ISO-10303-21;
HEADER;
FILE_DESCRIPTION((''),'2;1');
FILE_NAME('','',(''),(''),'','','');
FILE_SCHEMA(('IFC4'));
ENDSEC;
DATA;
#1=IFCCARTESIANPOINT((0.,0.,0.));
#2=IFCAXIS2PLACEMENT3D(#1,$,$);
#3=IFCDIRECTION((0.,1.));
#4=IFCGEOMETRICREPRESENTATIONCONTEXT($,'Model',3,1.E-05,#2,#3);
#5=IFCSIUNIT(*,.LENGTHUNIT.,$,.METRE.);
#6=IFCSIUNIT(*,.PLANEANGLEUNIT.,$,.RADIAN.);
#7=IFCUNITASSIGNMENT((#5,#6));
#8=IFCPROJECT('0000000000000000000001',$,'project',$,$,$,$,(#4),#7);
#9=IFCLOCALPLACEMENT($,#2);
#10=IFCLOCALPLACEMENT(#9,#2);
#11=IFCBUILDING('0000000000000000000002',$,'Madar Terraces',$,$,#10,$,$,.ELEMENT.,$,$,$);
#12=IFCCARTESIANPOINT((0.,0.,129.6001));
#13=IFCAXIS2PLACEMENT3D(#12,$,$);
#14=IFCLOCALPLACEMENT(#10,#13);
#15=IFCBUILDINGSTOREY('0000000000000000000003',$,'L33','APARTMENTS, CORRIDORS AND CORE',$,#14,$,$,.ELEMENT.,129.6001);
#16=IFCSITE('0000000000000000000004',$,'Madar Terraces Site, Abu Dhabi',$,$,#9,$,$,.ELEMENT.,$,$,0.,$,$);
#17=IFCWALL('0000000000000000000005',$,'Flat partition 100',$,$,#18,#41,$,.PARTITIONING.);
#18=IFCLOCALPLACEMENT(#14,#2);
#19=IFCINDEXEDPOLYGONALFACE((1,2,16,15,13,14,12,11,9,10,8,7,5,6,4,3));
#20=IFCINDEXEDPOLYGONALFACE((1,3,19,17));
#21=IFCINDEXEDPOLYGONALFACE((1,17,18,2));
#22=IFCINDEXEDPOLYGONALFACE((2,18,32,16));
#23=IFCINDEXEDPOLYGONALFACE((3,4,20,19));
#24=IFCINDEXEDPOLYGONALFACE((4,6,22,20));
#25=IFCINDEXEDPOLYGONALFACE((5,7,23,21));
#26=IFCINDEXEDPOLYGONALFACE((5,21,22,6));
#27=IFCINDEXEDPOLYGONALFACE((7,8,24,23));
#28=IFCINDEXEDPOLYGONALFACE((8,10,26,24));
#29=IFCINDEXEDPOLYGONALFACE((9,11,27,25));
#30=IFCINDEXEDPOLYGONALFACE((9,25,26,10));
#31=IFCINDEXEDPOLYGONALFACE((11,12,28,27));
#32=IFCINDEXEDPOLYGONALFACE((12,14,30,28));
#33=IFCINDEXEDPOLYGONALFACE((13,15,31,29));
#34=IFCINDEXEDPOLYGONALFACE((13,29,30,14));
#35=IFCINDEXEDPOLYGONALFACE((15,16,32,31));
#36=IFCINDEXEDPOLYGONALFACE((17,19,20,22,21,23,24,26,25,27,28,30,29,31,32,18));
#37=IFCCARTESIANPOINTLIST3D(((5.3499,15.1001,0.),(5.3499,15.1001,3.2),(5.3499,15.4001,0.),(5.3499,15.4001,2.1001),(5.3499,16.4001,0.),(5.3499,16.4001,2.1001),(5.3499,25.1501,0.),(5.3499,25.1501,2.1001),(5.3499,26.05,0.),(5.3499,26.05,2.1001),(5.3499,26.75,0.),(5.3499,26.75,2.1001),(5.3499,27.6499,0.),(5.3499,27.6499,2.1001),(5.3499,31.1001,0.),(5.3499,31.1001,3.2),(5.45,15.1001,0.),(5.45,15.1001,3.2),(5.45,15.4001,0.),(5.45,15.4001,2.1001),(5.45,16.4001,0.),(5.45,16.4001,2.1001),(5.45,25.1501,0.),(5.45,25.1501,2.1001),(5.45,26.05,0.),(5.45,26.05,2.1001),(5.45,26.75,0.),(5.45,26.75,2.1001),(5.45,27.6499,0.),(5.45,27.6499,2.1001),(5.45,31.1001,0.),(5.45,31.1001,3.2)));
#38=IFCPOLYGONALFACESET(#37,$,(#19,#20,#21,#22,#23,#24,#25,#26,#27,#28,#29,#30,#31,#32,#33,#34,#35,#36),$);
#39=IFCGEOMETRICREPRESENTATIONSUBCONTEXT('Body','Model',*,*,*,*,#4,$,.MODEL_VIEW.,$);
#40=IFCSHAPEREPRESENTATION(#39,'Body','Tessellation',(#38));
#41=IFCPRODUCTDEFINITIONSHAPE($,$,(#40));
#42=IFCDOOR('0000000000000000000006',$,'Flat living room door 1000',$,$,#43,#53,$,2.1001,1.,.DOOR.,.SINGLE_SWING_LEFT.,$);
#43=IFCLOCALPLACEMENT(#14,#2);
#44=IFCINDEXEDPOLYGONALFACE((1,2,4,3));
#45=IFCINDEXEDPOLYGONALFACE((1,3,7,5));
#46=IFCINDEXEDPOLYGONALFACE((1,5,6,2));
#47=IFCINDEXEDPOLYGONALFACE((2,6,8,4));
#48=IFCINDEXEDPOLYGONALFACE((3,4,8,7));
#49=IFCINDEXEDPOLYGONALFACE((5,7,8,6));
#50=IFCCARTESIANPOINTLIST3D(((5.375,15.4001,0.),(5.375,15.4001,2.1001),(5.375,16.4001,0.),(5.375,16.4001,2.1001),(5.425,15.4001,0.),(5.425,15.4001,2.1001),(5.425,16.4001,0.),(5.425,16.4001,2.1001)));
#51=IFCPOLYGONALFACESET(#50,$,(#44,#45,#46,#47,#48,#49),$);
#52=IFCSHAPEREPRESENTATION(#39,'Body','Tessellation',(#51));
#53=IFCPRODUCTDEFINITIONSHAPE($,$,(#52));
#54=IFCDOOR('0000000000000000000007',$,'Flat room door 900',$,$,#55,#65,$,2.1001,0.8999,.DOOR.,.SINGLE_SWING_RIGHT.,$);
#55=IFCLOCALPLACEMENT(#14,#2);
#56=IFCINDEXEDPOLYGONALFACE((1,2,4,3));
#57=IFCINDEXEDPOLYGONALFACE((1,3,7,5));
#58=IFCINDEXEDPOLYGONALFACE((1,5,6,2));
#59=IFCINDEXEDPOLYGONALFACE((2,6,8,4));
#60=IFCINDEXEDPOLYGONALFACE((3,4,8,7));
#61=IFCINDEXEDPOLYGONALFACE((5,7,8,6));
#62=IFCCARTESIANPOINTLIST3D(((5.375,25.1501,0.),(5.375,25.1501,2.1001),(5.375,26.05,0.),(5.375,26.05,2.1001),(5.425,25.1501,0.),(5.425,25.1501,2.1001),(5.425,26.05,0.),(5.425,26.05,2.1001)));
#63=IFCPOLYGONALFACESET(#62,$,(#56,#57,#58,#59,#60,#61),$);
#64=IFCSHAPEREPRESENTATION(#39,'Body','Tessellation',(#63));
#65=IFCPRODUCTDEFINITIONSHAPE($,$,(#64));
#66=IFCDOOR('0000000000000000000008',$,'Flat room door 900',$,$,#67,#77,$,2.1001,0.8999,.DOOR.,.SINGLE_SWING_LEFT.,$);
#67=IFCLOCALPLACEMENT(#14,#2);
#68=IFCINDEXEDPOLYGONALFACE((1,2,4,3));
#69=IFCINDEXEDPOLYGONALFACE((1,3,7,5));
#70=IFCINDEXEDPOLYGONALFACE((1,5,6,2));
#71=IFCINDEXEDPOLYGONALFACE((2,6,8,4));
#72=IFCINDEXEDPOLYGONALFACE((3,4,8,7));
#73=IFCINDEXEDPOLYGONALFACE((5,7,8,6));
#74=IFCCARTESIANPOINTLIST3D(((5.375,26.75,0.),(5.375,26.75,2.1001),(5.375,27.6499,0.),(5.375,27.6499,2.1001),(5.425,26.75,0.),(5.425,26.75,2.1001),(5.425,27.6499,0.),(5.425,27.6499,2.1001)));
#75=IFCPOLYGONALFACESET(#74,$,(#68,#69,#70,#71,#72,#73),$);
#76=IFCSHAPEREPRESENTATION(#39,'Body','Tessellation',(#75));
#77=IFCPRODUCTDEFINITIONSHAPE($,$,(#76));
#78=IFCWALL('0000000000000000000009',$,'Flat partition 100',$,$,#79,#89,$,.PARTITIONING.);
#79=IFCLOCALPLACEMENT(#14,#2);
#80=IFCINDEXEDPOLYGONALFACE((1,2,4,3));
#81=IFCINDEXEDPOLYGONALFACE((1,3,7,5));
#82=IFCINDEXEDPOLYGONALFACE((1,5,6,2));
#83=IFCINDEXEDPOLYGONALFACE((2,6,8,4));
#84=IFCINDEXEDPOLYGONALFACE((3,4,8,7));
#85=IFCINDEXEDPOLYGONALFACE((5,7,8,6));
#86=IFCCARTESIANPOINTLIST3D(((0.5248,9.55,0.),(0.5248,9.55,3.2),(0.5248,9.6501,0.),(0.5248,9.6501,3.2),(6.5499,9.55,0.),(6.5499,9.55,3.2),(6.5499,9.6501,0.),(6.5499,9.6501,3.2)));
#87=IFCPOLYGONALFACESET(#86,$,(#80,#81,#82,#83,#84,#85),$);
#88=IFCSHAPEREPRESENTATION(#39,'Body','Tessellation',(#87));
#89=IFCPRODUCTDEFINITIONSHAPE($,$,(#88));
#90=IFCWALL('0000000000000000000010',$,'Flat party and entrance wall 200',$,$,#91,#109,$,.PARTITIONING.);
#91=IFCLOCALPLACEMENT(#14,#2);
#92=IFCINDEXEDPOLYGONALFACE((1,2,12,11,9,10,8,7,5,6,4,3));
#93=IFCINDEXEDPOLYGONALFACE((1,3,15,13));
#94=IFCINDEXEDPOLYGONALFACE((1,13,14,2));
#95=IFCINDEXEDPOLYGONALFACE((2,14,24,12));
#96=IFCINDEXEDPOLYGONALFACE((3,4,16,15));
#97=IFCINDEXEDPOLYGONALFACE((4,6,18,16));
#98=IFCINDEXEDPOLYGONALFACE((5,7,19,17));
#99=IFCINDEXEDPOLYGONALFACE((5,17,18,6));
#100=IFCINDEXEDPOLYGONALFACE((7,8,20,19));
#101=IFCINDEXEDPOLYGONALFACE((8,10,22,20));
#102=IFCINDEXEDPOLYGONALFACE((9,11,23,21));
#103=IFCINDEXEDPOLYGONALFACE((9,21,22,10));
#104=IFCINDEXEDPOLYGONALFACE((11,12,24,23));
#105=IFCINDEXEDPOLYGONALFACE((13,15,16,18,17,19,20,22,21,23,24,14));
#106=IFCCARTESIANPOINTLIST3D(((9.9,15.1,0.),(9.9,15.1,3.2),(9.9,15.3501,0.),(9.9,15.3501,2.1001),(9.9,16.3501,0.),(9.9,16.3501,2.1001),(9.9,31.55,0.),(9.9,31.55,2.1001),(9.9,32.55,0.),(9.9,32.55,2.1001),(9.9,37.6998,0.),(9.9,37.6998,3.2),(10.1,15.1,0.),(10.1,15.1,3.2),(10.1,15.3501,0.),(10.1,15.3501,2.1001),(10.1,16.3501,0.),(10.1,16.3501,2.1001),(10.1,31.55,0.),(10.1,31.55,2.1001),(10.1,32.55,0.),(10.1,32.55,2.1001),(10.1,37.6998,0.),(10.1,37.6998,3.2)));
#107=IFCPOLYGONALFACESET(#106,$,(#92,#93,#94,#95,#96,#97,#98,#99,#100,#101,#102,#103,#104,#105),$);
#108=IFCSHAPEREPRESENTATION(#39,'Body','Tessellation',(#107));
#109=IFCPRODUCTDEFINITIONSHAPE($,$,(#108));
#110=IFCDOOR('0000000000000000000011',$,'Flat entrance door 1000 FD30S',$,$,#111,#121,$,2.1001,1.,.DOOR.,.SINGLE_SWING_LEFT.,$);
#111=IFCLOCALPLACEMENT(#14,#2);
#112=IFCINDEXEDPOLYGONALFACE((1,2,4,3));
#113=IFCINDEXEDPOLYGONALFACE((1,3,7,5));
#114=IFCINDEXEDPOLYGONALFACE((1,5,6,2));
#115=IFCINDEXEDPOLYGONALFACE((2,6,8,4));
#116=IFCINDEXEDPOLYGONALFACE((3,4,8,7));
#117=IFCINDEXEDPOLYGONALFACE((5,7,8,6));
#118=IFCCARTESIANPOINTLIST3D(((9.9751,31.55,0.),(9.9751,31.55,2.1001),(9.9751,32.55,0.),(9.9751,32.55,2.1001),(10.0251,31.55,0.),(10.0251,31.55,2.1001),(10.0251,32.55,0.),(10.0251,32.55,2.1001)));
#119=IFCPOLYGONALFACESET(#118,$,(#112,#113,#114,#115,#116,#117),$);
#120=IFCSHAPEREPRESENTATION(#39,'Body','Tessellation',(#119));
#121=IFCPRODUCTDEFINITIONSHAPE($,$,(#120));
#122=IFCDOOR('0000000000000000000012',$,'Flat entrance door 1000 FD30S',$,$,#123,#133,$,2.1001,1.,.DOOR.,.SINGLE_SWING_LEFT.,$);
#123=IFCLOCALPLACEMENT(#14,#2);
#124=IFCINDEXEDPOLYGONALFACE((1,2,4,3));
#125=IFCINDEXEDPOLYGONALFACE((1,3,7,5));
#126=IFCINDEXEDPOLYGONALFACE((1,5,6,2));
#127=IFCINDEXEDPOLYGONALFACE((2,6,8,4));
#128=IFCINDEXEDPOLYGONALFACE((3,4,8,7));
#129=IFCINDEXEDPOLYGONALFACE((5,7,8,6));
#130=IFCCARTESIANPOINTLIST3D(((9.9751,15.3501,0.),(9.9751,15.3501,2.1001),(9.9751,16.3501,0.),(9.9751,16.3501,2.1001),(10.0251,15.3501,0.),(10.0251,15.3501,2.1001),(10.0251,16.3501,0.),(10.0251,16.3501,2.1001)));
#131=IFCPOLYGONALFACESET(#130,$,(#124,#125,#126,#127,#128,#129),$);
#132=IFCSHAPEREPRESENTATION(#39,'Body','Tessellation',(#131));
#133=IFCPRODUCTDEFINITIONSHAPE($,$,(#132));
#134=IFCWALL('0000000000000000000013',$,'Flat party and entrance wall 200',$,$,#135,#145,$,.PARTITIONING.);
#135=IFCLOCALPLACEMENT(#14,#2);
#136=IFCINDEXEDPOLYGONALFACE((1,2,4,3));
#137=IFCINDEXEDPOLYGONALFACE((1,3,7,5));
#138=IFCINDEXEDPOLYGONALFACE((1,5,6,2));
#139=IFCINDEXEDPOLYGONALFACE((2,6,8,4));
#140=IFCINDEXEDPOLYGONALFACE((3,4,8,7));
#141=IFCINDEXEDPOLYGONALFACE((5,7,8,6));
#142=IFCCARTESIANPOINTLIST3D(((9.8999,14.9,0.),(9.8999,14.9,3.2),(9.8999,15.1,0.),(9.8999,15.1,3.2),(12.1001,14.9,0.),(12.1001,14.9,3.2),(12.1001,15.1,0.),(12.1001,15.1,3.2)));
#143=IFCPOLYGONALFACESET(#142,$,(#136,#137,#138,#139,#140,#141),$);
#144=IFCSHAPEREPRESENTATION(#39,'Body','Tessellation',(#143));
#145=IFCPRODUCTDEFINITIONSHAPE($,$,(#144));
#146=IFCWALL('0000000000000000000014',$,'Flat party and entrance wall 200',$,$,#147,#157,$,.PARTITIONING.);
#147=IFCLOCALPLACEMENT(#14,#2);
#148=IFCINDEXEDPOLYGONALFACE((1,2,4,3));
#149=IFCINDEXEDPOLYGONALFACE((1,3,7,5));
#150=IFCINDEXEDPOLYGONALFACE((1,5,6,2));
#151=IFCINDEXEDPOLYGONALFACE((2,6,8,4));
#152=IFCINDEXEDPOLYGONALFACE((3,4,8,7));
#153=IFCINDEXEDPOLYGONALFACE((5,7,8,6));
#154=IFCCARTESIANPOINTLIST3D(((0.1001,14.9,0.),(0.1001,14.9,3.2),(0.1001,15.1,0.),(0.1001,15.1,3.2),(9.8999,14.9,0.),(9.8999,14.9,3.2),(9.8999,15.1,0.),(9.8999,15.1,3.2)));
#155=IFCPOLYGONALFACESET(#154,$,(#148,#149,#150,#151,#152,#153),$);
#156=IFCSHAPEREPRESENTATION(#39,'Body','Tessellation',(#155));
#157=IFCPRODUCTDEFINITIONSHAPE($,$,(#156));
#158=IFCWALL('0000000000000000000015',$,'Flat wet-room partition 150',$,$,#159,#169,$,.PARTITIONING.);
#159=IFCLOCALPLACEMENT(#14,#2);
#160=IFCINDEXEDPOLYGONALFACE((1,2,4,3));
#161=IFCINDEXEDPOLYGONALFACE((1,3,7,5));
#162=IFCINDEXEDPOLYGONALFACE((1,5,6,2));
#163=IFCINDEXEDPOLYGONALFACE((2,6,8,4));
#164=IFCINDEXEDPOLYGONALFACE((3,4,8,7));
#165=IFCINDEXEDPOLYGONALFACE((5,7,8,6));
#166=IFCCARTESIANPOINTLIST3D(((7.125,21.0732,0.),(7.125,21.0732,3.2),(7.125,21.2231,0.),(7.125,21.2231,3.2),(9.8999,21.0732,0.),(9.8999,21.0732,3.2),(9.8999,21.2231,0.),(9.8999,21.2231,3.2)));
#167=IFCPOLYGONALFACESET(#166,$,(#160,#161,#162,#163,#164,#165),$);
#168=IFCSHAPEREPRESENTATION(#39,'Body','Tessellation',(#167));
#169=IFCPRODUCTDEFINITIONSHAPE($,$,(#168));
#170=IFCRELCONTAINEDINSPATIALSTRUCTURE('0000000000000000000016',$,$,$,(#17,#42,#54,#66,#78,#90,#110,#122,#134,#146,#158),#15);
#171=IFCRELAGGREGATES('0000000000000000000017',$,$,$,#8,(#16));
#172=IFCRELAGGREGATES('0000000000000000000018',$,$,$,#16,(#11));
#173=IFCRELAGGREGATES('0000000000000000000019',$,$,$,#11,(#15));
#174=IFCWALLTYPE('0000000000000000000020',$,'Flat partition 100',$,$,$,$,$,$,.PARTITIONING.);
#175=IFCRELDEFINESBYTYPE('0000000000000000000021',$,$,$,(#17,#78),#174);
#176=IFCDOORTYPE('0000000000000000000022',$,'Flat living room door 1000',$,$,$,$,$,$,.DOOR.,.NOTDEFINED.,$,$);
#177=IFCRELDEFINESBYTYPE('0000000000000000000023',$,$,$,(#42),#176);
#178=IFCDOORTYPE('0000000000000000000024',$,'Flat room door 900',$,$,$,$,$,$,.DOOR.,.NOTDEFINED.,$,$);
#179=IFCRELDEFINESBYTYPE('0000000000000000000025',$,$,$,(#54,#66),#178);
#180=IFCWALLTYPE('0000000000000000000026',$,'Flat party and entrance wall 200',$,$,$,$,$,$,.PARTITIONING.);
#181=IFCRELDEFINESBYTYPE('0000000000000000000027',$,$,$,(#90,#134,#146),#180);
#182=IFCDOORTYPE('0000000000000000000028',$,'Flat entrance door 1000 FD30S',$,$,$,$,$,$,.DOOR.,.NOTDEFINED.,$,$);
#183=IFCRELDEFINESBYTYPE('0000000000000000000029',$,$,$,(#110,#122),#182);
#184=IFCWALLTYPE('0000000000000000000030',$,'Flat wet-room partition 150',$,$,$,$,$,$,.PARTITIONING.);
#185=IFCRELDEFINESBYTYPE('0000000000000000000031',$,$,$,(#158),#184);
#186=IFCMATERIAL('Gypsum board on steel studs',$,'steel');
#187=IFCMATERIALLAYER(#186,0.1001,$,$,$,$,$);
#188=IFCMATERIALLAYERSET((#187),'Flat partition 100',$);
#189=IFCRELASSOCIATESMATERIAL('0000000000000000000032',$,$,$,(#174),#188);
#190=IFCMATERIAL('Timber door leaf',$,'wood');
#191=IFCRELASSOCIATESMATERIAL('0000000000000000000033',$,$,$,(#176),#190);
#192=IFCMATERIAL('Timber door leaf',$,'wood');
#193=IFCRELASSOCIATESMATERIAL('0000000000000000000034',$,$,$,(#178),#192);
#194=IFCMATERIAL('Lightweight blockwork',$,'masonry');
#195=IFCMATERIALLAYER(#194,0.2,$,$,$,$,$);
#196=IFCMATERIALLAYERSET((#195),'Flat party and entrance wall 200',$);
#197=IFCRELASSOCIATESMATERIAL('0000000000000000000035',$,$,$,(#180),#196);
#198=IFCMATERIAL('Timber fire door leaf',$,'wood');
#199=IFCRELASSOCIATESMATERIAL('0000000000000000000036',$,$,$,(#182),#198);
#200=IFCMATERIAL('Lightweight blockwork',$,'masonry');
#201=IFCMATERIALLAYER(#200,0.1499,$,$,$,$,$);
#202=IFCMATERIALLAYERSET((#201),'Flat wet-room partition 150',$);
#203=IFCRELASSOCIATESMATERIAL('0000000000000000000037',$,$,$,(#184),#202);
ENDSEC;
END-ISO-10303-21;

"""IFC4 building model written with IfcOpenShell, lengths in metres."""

from ifc_helpers import new_model, si_unit, direction, frame, frame_2d, origin, place, context, subcontext, project, spatial, rectangle, extrude, material, layer, layer_set, type_object, element, fill, save


model = new_model("IFC4")

# Units and contexts
model_context = context("Model", 3, precision=1e-05, world=origin(), true_north=direction((0.0, 1.0)))
body_context = subcontext(model_context, "Body", "Model", "MODEL_VIEW")
ifc_project = project(units=[si_unit("LENGTHUNIT", "METRE"), si_unit("PLANEANGLEUNIT", "RADIAN")], contexts=[model_context])

# Site, building, storey
site_placement = place(None, origin())
site = spatial("IfcSite", under=ifc_project, at=site_placement, Name="Madar Terraces Site, Abu Dhabi", CompositionType="ELEMENT", RefElevation=0.0)
building_placement = place(site_placement, origin())
building = spatial("IfcBuilding", under=site, at=building_placement, Name="Madar Terraces", CompositionType="ELEMENT")
storey_placement = place(building_placement, frame((0.0, 0.0, 129.6001)))
storey = spatial("IfcBuildingStorey", under=building, at=storey_placement, Name="L33", Description="APARTMENTS, CORRIDORS AND CORE", CompositionType="ELEMENT", Elevation=129.6001)

# Shared definitions
ifc_material_1 = material(Name="Gypsum board on steel studs", Category="steel")
ifc_layer_1 = layer(ifc_material_1, 0.1001)
ifc_layer_set_1 = layer_set([ifc_layer_1], Name="Flat partition 100")
wall_type_1 = type_object("IfcWallType", Name="Flat partition 100", PredefinedType="PARTITIONING", material=ifc_layer_set_1)

# Wall, openings, doors
wall_1_placement = place(storey_placement, frame((5.3999, 15.1001, 0.0), z_axis=(0.0, 0.0, 1.0), x_axis=(0.0, 1.0, 0.0)))
wall_1 = element("IfcWall", 1, at=wall_1_placement, inside=storey, type_object=wall_type_1, Name="Flat partition 100", PredefinedType="PARTITIONING", context=body_context, shape_type="SweptSolid", body=[
    extrude(rectangle(XDim=16.0, YDim=0.1001, at=frame_2d((8.0, 0.0))), origin(), (0.0, 0.0, 1.0), 3.2),
])
opening_1_placement = place(wall_1_placement, frame((0.3, 0.0, 0.0)))
opening_1 = element("IfcOpeningElement", 2, at=opening_1_placement, cuts=wall_1, PredefinedType="OPENING", context=body_context, shape_type="SweptSolid", body=[
    extrude(rectangle(XDim=1.0, YDim=2.1001, at=frame_2d((0.5, 1.05))), frame((0.0, 0.0601, 0.0), z_axis=(0.0, -1.0, 0.0), x_axis=(1.0, 0.0, 0.0)), (0.0, 0.0, 1.0), 0.1201),
])
opening_2_placement = place(wall_1_placement, frame((10.05, 0.0, 0.0)))
opening_2 = element("IfcOpeningElement", 3, at=opening_2_placement, cuts=wall_1, PredefinedType="OPENING", context=body_context, shape_type="SweptSolid", body=[
    extrude(rectangle(XDim=0.8999, YDim=2.1001, at=frame_2d((0.45, 1.05))), frame((0.0, 0.0601, 0.0), z_axis=(0.0, -1.0, 0.0), x_axis=(1.0, 0.0, 0.0)), (0.0, 0.0, 1.0), 0.1201),
])
opening_3_placement = place(wall_1_placement, frame((11.6499, 0.0, 0.0)))
opening_3 = element("IfcOpeningElement", 4, at=opening_3_placement, cuts=wall_1, PredefinedType="OPENING", context=body_context, shape_type="SweptSolid", body=[
    extrude(rectangle(XDim=0.8999, YDim=2.1001, at=frame_2d((0.45, 1.05))), frame((0.0, 0.0601, 0.0), z_axis=(0.0, -1.0, 0.0), x_axis=(1.0, 0.0, 0.0)), (0.0, 0.0, 1.0), 0.1201),
])
ifc_material_2 = material(Name="Timber door leaf", Category="wood")
door_type_1 = type_object("IfcDoorType", Name="Flat living room door 1000", OperationType="NOTDEFINED", PredefinedType="DOOR", material=ifc_material_2)
door_1_placement = place(opening_1_placement, origin())
door_1 = element("IfcDoor", 5, at=door_1_placement, inside=storey, type_object=door_type_1, Name="Flat living room door 1000", OperationType="SINGLE_SWING_LEFT", OverallHeight=2.1001, OverallWidth=1.0, PredefinedType="DOOR", context=body_context, shape_type="SweptSolid", body=[
    extrude(rectangle(XDim=1.0, YDim=2.1001, at=frame_2d((0.5, 1.05))), frame((0.0, 0.0249, 0.0), z_axis=(0.0, -1.0, 0.0), x_axis=(1.0, 0.0, 0.0)), (0.0, 0.0, 1.0), 0.05),
])
fill(opening_1, door_1)
ifc_material_3 = material(Name="Timber door leaf", Category="wood")
door_type_2 = type_object("IfcDoorType", Name="Flat room door 900", OperationType="NOTDEFINED", PredefinedType="DOOR", material=ifc_material_3)
door_2_placement = place(opening_2_placement, origin())
door_2 = element("IfcDoor", 6, at=door_2_placement, inside=storey, type_object=door_type_2, Name="Flat room door 900", OperationType="SINGLE_SWING_RIGHT", OverallHeight=2.1001, OverallWidth=0.8999, PredefinedType="DOOR", context=body_context, shape_type="SweptSolid", body=[
    extrude(rectangle(XDim=0.8999, YDim=2.1001, at=frame_2d((0.45, 1.05))), frame((0.0, 0.0249, 0.0), z_axis=(0.0, -1.0, 0.0), x_axis=(1.0, 0.0, 0.0)), (0.0, 0.0, 1.0), 0.05),
])
fill(opening_2, door_2)
door_3_placement = place(opening_3_placement, origin())
door_3 = element("IfcDoor", 7, at=door_3_placement, inside=storey, type_object=door_type_2, Name="Flat room door 900", OperationType="SINGLE_SWING_LEFT", OverallHeight=2.1001, OverallWidth=0.8999, PredefinedType="DOOR", context=body_context, shape_type="SweptSolid", body=[
    extrude(rectangle(XDim=0.8999, YDim=2.1001, at=frame_2d((0.45, 1.05))), frame((0.0, 0.0249, 0.0), z_axis=(0.0, -1.0, 0.0), x_axis=(1.0, 0.0, 0.0)), (0.0, 0.0, 1.0), 0.05),
])
fill(opening_3, door_3)

# Wall
wall_2_placement = place(storey_placement, frame((6.55, 9.6001, 0.0), z_axis=(0.0, 0.0, 1.0), x_axis=(-1.0, 0.0, 0.0)))
element("IfcWall", 8, at=wall_2_placement, inside=storey, type_object=wall_type_1, Name="Flat partition 100", PredefinedType="PARTITIONING", context=body_context, shape_type="SweptSolid", body=[
    extrude(rectangle(XDim=6.0251, YDim=0.1001, at=frame_2d((3.0127, 0.0))), origin(), (0.0, 0.0, 1.0), 3.2),
])

# Wall, openings, doors
ifc_material_4 = material(Name="Lightweight blockwork", Category="masonry")
ifc_layer_2 = layer(ifc_material_4, 0.2)
ifc_layer_set_2 = layer_set([ifc_layer_2], Name="Flat party and entrance wall 200")
wall_type_2 = type_object("IfcWallType", Name="Flat party and entrance wall 200", PredefinedType="PARTITIONING", material=ifc_layer_set_2)
wall_3_placement = place(storey_placement, frame((10.0, 15.1001, 0.0), z_axis=(0.0, 0.0, 1.0), x_axis=(0.0, 1.0, 0.0)))
wall_3 = element("IfcWall", 9, at=wall_3_placement, inside=storey, type_object=wall_type_2, Name="Flat party and entrance wall 200", PredefinedType="PARTITIONING", context=body_context, shape_type="SweptSolid", body=[
    extrude(rectangle(XDim=22.5999, YDim=0.2, at=frame_2d((11.2998, 0.0))), origin(), (0.0, 0.0, 1.0), 3.2),
])
opening_4_placement = place(wall_3_placement, frame((16.45, 0.0, 0.0)))
opening_4 = element("IfcOpeningElement", 10, at=opening_4_placement, cuts=wall_3, PredefinedType="OPENING", context=body_context, shape_type="SweptSolid", body=[
    extrude(rectangle(XDim=1.0, YDim=2.1001, at=frame_2d((0.5, 1.05))), frame((0.0, 0.1099, 0.0), z_axis=(0.0, -1.0, 0.0), x_axis=(1.0, 0.0, 0.0)), (0.0, 0.0, 1.0), 0.22),
])
opening_5_placement = place(wall_3_placement, frame((0.25, 0.0, 0.0)))
opening_5 = element("IfcOpeningElement", 11, at=opening_5_placement, cuts=wall_3, PredefinedType="OPENING", context=body_context, shape_type="SweptSolid", body=[
    extrude(rectangle(XDim=1.0, YDim=2.1001, at=frame_2d((0.5, 1.05))), frame((0.0, 0.1099, 0.0), z_axis=(0.0, -1.0, 0.0), x_axis=(1.0, 0.0, 0.0)), (0.0, 0.0, 1.0), 0.22),
])
ifc_material_5 = material(Name="Timber fire door leaf", Category="wood")
door_type_3 = type_object("IfcDoorType", Name="Flat entrance door 1000 FD30S", OperationType="NOTDEFINED", PredefinedType="DOOR", material=ifc_material_5)
door_4_placement = place(opening_4_placement, origin())
door_4 = element("IfcDoor", 12, at=door_4_placement, inside=storey, type_object=door_type_3, Name="Flat entrance door 1000 FD30S", OperationType="SINGLE_SWING_LEFT", OverallHeight=2.1001, OverallWidth=1.0, PredefinedType="DOOR", context=body_context, shape_type="SweptSolid", body=[
    extrude(rectangle(XDim=1.0, YDim=2.1001, at=frame_2d((0.5, 1.05))), frame((0.0, 0.0249, 0.0), z_axis=(0.0, -1.0, 0.0), x_axis=(1.0, 0.0, 0.0)), (0.0, 0.0, 1.0), 0.05),
])
fill(opening_4, door_4)
door_5_placement = place(opening_5_placement, origin())
door_5 = element("IfcDoor", 13, at=door_5_placement, inside=storey, type_object=door_type_3, Name="Flat entrance door 1000 FD30S", OperationType="SINGLE_SWING_LEFT", OverallHeight=2.1001, OverallWidth=1.0, PredefinedType="DOOR", context=body_context, shape_type="SweptSolid", body=[
    extrude(rectangle(XDim=1.0, YDim=2.1001, at=frame_2d((0.5, 1.05))), frame((0.0, 0.0249, 0.0), z_axis=(0.0, -1.0, 0.0), x_axis=(1.0, 0.0, 0.0)), (0.0, 0.0, 1.0), 0.05),
])
fill(opening_5, door_5)

# Walls
wall_4_placement = place(storey_placement, frame((9.8999, 15.0, 0.0), z_axis=(0.0, 0.0, 1.0), x_axis=(1.0, 0.0, 0.0)))
element("IfcWall", 14, at=wall_4_placement, inside=storey, type_object=wall_type_2, Name="Flat party and entrance wall 200", PredefinedType="PARTITIONING", context=body_context, shape_type="SweptSolid", body=[
    extrude(rectangle(XDim=2.2002, YDim=0.2, at=frame_2d((1.1001, 0.0))), origin(), (0.0, 0.0, 1.0), 3.2),
])
wall_5_placement = place(storey_placement, frame((0.1001, 15.0, 0.0), z_axis=(0.0, 0.0, 1.0), x_axis=(1.0, 0.0, 0.0)))
element("IfcWall", 15, at=wall_5_placement, inside=storey, type_object=wall_type_2, Name="Flat party and entrance wall 200", PredefinedType="PARTITIONING", context=body_context, shape_type="SweptSolid", body=[
    extrude(rectangle(XDim=9.7998, YDim=0.2, at=frame_2d((4.8999, 0.0))), origin(), (0.0, 0.0, 1.0), 3.2),
])
ifc_material_6 = material(Name="Lightweight blockwork", Category="masonry")
ifc_layer_3 = layer(ifc_material_6, 0.1499)
ifc_layer_set_3 = layer_set([ifc_layer_3], Name="Flat wet-room partition 150")
wall_type_3 = type_object("IfcWallType", Name="Flat wet-room partition 150", PredefinedType="PARTITIONING", material=ifc_layer_set_3)
wall_6_placement = place(storey_placement, frame((9.8999, 21.1482, 0.0), z_axis=(0.0, 0.0, 1.0), x_axis=(-1.0, 0.0, 0.0)))
element("IfcWall", 16, at=wall_6_placement, inside=storey, type_object=wall_type_3, Name="Flat wet-room partition 150", PredefinedType="PARTITIONING", context=body_context, shape_type="SweptSolid", body=[
    extrude(rectangle(XDim=2.7749, YDim=0.1499, at=frame_2d((1.3875, 0.0))), origin(), (0.0, 0.0, 1.0), 3.2),
])

save(model, "model.ifc")
